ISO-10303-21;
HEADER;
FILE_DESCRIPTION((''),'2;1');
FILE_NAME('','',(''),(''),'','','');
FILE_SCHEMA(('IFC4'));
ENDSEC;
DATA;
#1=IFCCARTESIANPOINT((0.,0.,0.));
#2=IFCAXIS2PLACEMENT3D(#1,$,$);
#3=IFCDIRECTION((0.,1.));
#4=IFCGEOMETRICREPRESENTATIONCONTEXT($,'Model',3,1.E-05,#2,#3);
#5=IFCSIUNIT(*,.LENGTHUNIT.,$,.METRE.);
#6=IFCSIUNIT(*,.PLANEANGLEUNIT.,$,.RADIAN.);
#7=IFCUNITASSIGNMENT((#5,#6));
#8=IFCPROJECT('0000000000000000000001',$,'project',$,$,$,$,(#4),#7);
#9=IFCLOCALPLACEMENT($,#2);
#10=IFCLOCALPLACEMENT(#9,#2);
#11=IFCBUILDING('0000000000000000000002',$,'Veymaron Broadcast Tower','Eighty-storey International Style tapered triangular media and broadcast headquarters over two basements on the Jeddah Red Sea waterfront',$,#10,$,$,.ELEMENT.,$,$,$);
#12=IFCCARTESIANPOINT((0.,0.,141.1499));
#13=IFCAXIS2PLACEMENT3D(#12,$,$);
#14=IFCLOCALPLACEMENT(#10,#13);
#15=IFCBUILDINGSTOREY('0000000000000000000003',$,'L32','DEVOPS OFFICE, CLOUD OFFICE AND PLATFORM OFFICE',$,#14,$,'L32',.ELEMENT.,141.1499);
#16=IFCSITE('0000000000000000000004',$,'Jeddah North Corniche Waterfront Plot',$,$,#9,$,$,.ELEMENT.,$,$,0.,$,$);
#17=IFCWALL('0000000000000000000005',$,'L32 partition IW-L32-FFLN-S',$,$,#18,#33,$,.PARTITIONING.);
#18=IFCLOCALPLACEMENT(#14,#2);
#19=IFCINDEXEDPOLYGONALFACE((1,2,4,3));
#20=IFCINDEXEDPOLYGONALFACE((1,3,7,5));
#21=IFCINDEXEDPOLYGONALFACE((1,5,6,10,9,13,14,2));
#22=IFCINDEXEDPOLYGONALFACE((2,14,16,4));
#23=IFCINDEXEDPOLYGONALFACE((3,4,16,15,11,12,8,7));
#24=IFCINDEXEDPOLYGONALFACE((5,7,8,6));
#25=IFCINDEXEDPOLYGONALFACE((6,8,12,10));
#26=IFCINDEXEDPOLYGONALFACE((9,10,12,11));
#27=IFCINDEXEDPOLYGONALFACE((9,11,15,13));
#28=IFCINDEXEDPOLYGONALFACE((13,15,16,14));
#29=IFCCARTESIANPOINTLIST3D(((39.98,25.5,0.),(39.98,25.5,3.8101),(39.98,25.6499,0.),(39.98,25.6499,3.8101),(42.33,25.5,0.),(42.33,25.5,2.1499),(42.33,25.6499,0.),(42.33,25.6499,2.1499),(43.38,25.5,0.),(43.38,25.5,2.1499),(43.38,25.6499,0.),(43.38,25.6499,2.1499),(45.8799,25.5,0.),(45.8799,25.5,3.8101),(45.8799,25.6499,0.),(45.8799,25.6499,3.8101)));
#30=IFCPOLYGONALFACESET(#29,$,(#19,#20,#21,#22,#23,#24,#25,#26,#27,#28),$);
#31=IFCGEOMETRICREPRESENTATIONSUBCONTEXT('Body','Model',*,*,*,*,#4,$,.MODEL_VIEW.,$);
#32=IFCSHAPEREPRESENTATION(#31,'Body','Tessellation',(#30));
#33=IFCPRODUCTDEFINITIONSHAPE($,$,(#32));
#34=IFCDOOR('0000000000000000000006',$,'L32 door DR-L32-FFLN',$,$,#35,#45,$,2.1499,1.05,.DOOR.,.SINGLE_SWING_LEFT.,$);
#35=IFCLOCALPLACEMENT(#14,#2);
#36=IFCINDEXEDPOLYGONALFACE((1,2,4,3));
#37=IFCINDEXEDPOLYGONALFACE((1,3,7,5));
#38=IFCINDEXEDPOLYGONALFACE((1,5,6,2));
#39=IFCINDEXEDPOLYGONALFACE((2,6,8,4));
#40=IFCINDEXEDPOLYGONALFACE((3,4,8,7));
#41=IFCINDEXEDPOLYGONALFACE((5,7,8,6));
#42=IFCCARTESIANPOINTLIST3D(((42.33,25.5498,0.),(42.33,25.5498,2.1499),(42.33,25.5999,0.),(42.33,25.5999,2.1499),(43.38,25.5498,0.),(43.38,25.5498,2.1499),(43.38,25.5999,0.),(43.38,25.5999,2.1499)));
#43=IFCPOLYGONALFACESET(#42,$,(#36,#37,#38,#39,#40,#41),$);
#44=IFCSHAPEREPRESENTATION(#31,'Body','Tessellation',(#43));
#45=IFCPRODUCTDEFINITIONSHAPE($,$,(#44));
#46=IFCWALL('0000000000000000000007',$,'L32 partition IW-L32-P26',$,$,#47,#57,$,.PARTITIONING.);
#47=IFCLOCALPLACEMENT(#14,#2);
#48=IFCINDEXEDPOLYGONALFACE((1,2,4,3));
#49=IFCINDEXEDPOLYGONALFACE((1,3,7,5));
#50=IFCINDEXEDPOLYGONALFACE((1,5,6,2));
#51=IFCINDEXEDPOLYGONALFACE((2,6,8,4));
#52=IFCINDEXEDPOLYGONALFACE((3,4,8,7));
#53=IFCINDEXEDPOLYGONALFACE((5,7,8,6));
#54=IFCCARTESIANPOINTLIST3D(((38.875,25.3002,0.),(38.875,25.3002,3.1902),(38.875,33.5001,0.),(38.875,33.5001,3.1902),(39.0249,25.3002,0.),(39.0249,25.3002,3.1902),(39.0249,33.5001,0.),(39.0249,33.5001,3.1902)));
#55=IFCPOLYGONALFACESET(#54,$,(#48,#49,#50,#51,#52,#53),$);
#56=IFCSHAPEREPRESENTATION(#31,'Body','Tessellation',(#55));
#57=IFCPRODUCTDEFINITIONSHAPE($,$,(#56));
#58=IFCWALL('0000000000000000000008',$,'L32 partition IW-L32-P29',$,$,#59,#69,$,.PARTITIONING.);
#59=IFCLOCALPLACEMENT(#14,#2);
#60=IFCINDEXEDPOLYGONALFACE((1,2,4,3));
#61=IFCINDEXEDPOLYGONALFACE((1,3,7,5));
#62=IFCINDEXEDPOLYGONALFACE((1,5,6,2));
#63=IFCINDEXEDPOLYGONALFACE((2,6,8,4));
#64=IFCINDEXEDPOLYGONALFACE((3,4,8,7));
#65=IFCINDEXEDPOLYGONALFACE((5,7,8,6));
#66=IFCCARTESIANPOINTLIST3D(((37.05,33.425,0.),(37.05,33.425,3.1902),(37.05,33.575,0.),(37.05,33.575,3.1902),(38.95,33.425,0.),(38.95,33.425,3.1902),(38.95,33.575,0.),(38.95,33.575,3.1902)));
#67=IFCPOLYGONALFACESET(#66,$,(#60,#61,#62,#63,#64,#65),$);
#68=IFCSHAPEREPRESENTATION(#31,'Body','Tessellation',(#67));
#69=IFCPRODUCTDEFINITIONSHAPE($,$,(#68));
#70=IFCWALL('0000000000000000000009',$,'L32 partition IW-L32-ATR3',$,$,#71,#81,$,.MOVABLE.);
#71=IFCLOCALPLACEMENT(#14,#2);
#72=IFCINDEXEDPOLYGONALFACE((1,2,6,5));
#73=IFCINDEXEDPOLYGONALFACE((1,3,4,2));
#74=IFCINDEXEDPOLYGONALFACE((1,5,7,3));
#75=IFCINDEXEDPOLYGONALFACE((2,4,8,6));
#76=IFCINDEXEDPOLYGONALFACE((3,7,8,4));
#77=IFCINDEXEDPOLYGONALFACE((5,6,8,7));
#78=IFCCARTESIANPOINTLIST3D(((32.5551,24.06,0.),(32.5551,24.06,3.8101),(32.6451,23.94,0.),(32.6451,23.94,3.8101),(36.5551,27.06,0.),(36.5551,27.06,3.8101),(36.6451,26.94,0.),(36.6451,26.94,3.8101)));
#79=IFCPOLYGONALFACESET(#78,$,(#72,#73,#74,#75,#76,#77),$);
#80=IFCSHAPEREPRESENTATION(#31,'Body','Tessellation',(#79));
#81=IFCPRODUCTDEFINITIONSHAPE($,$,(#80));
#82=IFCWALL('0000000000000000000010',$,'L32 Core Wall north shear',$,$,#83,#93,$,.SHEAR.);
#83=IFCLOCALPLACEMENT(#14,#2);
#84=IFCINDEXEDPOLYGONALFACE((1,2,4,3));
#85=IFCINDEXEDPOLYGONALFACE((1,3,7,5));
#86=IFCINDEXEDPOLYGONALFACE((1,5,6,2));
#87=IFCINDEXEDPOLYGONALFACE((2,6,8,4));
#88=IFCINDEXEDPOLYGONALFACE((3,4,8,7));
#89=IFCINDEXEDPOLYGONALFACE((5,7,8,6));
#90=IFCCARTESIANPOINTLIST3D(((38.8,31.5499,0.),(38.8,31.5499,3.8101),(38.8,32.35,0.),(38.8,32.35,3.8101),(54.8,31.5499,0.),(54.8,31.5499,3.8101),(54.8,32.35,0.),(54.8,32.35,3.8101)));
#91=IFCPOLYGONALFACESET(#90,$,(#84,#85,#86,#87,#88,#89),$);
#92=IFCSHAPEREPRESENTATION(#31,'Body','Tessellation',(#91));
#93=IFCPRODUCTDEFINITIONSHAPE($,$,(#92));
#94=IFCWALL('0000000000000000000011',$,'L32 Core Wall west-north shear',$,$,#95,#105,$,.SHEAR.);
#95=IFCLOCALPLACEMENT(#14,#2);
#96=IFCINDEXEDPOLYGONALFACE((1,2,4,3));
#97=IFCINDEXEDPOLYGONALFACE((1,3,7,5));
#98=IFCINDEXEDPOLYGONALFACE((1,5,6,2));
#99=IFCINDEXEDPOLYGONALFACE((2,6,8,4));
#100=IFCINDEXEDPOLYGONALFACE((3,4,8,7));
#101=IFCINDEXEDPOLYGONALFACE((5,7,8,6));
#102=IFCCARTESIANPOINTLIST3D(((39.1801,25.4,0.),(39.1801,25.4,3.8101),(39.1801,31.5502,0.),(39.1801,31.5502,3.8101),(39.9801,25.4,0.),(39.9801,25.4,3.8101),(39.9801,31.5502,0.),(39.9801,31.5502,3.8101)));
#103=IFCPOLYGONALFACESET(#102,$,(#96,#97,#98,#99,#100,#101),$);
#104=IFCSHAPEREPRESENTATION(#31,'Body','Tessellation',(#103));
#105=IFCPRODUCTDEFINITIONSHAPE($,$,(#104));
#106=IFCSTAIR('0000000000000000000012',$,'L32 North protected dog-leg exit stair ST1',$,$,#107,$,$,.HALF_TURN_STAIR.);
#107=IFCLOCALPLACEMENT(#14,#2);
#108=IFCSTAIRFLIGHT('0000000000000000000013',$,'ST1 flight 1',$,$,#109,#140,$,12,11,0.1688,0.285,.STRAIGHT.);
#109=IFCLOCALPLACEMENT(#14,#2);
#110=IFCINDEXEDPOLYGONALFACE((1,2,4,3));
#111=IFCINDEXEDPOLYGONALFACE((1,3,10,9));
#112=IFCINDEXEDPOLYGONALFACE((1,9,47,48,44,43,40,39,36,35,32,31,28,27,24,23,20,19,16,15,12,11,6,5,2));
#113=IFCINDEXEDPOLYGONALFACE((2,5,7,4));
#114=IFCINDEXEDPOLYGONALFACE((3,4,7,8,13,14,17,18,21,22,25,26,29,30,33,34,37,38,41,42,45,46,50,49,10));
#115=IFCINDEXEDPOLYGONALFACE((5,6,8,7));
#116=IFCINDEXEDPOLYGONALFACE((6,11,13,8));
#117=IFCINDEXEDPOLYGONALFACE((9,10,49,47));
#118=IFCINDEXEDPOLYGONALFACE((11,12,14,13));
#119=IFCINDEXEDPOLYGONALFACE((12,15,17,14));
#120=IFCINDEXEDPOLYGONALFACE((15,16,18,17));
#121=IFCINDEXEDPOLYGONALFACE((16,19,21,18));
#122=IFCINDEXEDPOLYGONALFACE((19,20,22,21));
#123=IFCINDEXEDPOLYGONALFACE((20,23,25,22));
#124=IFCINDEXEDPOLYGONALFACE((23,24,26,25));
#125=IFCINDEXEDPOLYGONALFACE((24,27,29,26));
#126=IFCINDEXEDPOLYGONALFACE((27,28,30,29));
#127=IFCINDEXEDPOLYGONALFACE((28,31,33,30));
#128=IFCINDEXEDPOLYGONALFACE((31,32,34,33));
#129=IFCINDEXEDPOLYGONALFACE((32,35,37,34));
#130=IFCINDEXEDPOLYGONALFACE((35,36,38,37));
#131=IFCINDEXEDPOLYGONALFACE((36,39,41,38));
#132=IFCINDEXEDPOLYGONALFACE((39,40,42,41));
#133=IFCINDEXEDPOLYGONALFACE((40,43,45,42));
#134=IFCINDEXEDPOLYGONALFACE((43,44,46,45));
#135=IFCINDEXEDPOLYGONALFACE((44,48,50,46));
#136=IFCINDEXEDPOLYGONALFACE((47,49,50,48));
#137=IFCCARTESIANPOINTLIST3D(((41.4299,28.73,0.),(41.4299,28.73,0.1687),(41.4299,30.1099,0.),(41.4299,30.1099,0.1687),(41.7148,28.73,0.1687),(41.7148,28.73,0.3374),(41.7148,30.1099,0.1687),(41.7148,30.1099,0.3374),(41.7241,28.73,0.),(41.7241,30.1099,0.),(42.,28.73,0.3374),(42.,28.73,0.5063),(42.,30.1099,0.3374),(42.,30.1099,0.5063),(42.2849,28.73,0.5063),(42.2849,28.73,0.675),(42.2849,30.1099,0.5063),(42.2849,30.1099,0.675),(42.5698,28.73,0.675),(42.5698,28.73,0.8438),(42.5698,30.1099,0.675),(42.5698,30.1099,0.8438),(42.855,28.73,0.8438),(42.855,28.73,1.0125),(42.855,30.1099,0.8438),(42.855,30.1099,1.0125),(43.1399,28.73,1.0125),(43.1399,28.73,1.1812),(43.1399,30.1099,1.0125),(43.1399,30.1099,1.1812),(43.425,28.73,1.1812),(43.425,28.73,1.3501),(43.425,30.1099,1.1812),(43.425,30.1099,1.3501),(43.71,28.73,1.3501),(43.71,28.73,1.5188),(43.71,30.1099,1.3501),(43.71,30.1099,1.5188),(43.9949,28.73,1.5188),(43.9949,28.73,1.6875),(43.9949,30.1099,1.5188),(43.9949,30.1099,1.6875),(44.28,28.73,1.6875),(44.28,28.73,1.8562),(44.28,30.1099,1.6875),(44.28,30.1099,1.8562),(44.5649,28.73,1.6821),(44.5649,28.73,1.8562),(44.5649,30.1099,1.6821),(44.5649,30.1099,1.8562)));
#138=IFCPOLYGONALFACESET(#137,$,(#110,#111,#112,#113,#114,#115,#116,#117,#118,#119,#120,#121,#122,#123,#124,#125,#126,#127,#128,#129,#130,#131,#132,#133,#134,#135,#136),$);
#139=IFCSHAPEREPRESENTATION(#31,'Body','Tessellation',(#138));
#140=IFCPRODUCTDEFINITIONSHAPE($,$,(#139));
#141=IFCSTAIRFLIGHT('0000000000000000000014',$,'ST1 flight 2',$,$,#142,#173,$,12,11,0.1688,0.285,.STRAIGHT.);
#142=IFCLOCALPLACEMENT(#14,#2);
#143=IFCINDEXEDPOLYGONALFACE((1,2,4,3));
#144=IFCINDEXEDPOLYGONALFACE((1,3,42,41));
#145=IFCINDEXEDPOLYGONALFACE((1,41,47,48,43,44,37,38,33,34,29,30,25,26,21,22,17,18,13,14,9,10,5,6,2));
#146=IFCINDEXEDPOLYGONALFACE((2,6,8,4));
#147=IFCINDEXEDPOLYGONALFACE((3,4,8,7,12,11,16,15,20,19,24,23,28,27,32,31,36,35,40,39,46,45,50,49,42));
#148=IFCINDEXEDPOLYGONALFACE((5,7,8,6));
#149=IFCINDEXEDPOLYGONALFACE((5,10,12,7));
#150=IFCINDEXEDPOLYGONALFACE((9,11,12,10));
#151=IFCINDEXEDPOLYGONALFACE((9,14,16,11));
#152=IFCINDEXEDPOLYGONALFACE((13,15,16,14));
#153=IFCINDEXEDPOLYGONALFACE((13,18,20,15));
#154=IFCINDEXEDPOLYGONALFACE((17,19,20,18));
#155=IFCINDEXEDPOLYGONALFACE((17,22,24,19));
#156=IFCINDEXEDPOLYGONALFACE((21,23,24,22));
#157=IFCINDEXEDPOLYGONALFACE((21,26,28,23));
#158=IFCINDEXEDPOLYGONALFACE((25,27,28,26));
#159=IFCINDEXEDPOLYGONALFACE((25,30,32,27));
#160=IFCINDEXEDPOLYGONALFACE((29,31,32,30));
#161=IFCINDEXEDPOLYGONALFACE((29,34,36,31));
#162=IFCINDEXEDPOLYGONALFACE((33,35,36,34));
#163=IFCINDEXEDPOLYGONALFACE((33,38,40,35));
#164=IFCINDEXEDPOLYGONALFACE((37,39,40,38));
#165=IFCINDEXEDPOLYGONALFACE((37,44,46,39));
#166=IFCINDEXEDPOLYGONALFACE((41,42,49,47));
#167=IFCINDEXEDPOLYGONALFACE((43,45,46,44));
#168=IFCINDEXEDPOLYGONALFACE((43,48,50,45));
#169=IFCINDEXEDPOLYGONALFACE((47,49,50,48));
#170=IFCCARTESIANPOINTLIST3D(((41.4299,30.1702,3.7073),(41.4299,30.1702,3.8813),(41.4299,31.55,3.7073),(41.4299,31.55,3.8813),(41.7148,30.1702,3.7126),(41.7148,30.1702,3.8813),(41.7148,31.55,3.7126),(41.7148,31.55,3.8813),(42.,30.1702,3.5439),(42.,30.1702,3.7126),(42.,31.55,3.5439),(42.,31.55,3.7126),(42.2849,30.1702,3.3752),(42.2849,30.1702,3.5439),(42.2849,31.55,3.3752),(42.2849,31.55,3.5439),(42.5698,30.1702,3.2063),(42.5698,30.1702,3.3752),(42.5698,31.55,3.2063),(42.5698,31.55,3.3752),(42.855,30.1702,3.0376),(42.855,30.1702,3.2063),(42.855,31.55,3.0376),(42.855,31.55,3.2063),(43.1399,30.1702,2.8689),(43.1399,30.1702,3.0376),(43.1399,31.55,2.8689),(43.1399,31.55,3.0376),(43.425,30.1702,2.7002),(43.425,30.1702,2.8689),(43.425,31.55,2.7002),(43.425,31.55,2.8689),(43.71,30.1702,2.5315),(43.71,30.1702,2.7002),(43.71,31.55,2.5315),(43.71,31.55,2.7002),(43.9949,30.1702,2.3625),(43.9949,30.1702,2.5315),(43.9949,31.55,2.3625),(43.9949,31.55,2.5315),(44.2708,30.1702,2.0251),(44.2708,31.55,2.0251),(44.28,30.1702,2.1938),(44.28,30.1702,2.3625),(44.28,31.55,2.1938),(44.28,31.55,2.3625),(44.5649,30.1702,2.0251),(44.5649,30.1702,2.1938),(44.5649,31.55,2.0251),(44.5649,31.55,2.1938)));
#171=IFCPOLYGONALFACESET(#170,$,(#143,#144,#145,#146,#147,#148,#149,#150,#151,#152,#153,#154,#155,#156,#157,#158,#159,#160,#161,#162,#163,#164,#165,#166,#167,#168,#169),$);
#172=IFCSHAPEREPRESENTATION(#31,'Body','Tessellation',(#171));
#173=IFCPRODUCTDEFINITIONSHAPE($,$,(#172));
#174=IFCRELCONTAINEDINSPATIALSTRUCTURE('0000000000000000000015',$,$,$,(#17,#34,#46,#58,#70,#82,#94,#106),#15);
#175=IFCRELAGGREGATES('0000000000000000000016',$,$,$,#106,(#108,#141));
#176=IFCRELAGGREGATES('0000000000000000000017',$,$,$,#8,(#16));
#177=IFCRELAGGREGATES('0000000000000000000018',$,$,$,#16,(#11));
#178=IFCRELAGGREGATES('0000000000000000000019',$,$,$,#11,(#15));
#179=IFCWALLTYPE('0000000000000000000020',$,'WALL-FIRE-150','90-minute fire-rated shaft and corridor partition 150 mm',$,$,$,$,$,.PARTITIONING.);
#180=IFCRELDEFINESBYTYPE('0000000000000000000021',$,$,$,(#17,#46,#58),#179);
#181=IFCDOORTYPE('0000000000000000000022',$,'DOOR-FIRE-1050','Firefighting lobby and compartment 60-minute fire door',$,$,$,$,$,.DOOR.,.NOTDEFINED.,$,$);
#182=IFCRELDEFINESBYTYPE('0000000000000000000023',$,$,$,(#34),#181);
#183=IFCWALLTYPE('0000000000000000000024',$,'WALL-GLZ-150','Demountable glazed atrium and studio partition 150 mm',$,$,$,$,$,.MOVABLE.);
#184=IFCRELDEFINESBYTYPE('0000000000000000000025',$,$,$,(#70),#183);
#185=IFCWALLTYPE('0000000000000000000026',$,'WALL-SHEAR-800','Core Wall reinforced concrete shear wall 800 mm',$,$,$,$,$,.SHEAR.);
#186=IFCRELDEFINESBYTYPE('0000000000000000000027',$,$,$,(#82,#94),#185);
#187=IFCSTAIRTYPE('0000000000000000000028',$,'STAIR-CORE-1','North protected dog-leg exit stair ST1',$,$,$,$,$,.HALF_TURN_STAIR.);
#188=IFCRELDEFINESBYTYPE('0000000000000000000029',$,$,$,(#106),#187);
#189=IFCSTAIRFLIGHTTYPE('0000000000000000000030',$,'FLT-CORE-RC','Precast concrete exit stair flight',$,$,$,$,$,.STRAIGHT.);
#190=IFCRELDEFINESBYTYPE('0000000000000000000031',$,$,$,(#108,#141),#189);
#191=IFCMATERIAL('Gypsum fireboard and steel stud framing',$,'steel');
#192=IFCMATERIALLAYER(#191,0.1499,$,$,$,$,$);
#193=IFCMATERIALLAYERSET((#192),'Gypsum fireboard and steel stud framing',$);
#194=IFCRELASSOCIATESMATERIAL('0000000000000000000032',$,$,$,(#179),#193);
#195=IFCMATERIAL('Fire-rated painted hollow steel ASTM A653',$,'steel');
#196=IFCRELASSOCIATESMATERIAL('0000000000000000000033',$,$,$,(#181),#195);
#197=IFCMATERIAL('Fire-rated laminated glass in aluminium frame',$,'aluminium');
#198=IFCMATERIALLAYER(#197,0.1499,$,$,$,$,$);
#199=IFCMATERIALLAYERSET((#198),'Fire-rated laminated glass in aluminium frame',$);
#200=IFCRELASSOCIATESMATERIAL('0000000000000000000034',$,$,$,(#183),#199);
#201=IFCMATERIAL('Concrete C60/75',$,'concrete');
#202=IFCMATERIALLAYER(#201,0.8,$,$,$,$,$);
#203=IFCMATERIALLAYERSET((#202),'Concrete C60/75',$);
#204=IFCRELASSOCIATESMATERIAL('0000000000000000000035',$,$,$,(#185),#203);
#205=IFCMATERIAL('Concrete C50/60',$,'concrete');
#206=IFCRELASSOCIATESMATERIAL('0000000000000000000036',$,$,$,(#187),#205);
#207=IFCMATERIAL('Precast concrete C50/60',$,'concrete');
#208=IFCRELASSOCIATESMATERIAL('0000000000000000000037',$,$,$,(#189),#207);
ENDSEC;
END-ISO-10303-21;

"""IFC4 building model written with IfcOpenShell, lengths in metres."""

from ifc_helpers import new_model, si_unit, direction, frame, frame_2d, origin, place, context, subcontext, project, spatial, polyline, rectangle, outline, extrude, material, layer, layer_set, type_object, element, fill, aggregate, save


model = new_model("IFC4")

# Units and contexts
model_context = context("Model", 3, precision=1e-05, world=origin(), true_north=direction((0.0, 1.0)))
body_context = subcontext(model_context, "Body", "Model", "MODEL_VIEW")
ifc_project = project(units=[si_unit("LENGTHUNIT", "METRE"), si_unit("PLANEANGLEUNIT", "RADIAN")], contexts=[model_context])

# Site, building, storey
site_placement = place(None, origin())
site = spatial("IfcSite", under=ifc_project, at=site_placement, Name="Jeddah North Corniche Waterfront Plot", CompositionType="ELEMENT", RefElevation=0.0)
building_placement = place(site_placement, origin())
building = spatial("IfcBuilding", under=site, at=building_placement, Name="Veymaron Broadcast Tower", Description="Eighty-storey International Style tapered triangular media and broadcast headquarters over two basements on the Jeddah Red Sea waterfront", CompositionType="ELEMENT")
storey_placement = place(building_placement, frame((0.0, 0.0, 141.1499)))
storey = spatial("IfcBuildingStorey", under=building, at=storey_placement, Name="L32", Description="DEVOPS OFFICE, CLOUD OFFICE AND PLATFORM OFFICE", LongName="L32", CompositionType="ELEMENT", Elevation=141.1499)

# Wall, opening, door
ifc_material_1 = material(Name="Gypsum fireboard and steel stud framing", Category="steel")
ifc_layer_1 = layer(ifc_material_1, 0.1499)
ifc_layer_set_1 = layer_set([ifc_layer_1], Name="Gypsum fireboard and steel stud framing")
wall_type_1 = type_object("IfcWallType", Name="WALL-FIRE-150", Description="90-minute fire-rated shaft and corridor partition 150 mm", PredefinedType="PARTITIONING", material=ifc_layer_set_1)
wall_1_placement = place(storey_placement, frame((39.98, 25.575, 0.0), z_axis=(0.0, 0.0, 1.0), x_axis=(1.0, 0.0, 0.0)))
wall_1 = element("IfcWall", 1, at=wall_1_placement, inside=storey, type_object=wall_type_1, Name="L32 partition IW-L32-FFLN-S", PredefinedType="PARTITIONING", context=body_context, shape_type="SweptSolid", body=[
    extrude(rectangle(XDim=5.8999, YDim=0.1499, at=frame_2d((2.95, 0.0))), origin(), (0.0, 0.0, 1.0), 3.8101),
])
opening_1_placement = place(wall_1_placement, frame((2.3501, 0.0, 0.0)))
opening_1 = element("IfcOpeningElement", 2, at=opening_1_placement, cuts=wall_1, PredefinedType="OPENING", context=body_context, shape_type="SweptSolid", body=[
    extrude(rectangle(XDim=1.05, YDim=2.1499, at=frame_2d((0.5249, 1.075))), frame((0.0, 0.085, 0.0), z_axis=(0.0, -1.0, 0.0), x_axis=(1.0, 0.0, 0.0)), (0.0, 0.0, 1.0), 0.1699),
])
ifc_material_2 = material(Name="Fire-rated painted hollow steel ASTM A653", Category="steel")
door_type_1 = type_object("IfcDoorType", Name="DOOR-FIRE-1050", Description="Firefighting lobby and compartment 60-minute fire door", OperationType="NOTDEFINED", PredefinedType="DOOR", material=ifc_material_2)
door_1_placement = place(opening_1_placement, origin())
door_1 = element("IfcDoor", 3, at=door_1_placement, inside=storey, type_object=door_type_1, Name="L32 door DR-L32-FFLN", OperationType="SINGLE_SWING_LEFT", OverallHeight=2.1499, OverallWidth=1.05, PredefinedType="DOOR", context=body_context, shape_type="SweptSolid", body=[
    extrude(rectangle(XDim=1.05, YDim=2.1499, at=frame_2d((0.5249, 1.075))), frame((0.0, 0.0249, 0.0), z_axis=(0.0, -1.0, 0.0), x_axis=(1.0, 0.0, 0.0)), (0.0, 0.0, 1.0), 0.05),
])
fill(opening_1, door_1)

# Walls
wall_2_placement = place(storey_placement, frame((38.95, 25.3, 0.0), z_axis=(0.0, 0.0, 1.0), x_axis=(0.0, 1.0, 0.0)))
element("IfcWall", 4, at=wall_2_placement, inside=storey, type_object=wall_type_1, Name="L32 partition IW-L32-P26", PredefinedType="PARTITIONING", context=body_context, shape_type="SweptSolid", body=[
    extrude(rectangle(XDim=8.2, YDim=0.1499, at=frame_2d((4.1001, 0.0))), origin(), (0.0, 0.0, 1.0), 3.1902),
])
wall_3_placement = place(storey_placement, frame((37.05, 33.5, 0.0), z_axis=(0.0, 0.0, 1.0), x_axis=(1.0, 0.0, 0.0)))
element("IfcWall", 5, at=wall_3_placement, inside=storey, type_object=wall_type_1, Name="L32 partition IW-L32-P29", PredefinedType="PARTITIONING", context=body_context, shape_type="SweptSolid", body=[
    extrude(rectangle(XDim=1.8999, YDim=0.1499, at=frame_2d((0.95, 0.0))), origin(), (0.0, 0.0, 1.0), 3.1902),
])
ifc_material_3 = material(Name="Fire-rated laminated glass in aluminium frame", Category="aluminium")
ifc_layer_2 = layer(ifc_material_3, 0.1499)
ifc_layer_set_2 = layer_set([ifc_layer_2], Name="Fire-rated laminated glass in aluminium frame")
wall_type_2 = type_object("IfcWallType", Name="WALL-GLZ-150", Description="Demountable glazed atrium and studio partition 150 mm", PredefinedType="MOVABLE", material=ifc_layer_set_2)
wall_4_placement = place(storey_placement, frame((36.6001, 27.0, 0.0), z_axis=(0.0, 0.0, 1.0), x_axis=(-0.8, -0.6, 0.0)))
element("IfcWall", 6, at=wall_4_placement, inside=storey, type_object=wall_type_2, Name="L32 partition IW-L32-ATR3", PredefinedType="MOVABLE", context=body_context, shape_type="SweptSolid", body=[
    extrude(rectangle(XDim=5.0, YDim=0.1499, at=frame_2d((2.5, 0.0))), origin(), (0.0, 0.0, 1.0), 3.8101),
])

# Shared definitions
ifc_material_4 = material(Name="Concrete C50/60", Category="concrete")

# Walls
ifc_material_5 = material(Name="Concrete C60/75", Category="concrete")
ifc_layer_3 = layer(ifc_material_5, 0.8)
ifc_layer_set_3 = layer_set([ifc_layer_3], Name="Concrete C60/75")
wall_type_3 = type_object("IfcWallType", Name="WALL-SHEAR-800", Description="Core Wall reinforced concrete shear wall 800 mm", PredefinedType="SHEAR", material=ifc_layer_set_3)
wall_5_placement = place(storey_placement, frame((38.8, 31.95, 0.0), z_axis=(0.0, 0.0, 1.0), x_axis=(1.0, 0.0, 0.0)))
element("IfcWall", 7, at=wall_5_placement, inside=storey, type_object=wall_type_3, Name="L32 Core Wall north shear", PredefinedType="SHEAR", context=body_context, shape_type="SweptSolid", body=[
    extrude(rectangle(XDim=16.0, YDim=0.8, at=frame_2d((8.0, 0.0))), origin(), (0.0, 0.0, 1.0), 3.8101),
])
wall_6_placement = place(storey_placement, frame((39.5801, 25.3999, 0.0), z_axis=(0.0, 0.0, 1.0), x_axis=(0.0, 1.0, 0.0)))
element("IfcWall", 8, at=wall_6_placement, inside=storey, type_object=wall_type_3, Name="L32 Core Wall west-north shear", PredefinedType="SHEAR", context=body_context, shape_type="SweptSolid", body=[
    extrude(rectangle(XDim=6.1501, YDim=0.8, at=frame_2d((3.0752, 0.0))), origin(), (0.0, 0.0, 1.0), 3.8101),
])

# Stair, stair flights
stair_type = type_object("IfcStairType", Name="STAIR-CORE-1", Description="North protected dog-leg exit stair ST1", PredefinedType="HALF_TURN_STAIR", material=ifc_material_4)
stair_placement = place(storey_placement, origin())
stair = element("IfcStair", 9, at=stair_placement, inside=storey, type_object=stair_type, Name="L32 North protected dog-leg exit stair ST1", PredefinedType="HALF_TURN_STAIR")
ifc_material_6 = material(Name="Precast concrete C50/60", Category="concrete")
stair_flight_type = type_object("IfcStairFlightType", Name="FLT-CORE-RC", Description="Precast concrete exit stair flight", PredefinedType="STRAIGHT", material=ifc_material_6)
stair_flight_1_placement = place(storey_placement, frame((41.4299, 29.4199, 0.0), z_axis=(0.0, 0.0, 1.0), x_axis=(1.0, 0.0, 0.0)))
stair_flight_1 = element("IfcStairFlight", 10, at=stair_flight_1_placement, type_object=stair_flight_type, Name="ST1 flight 1", NumberOfRisers=12, NumberOfTreads=11, PredefinedType="STRAIGHT", RiserHeight=0.1688, TreadLength=0.285, context=body_context, shape_type="SweptSolid", body=[
    extrude(outline(polyline([(0.0, 0.0), (0.0, 0.1687), (0.2849, 0.1687), (0.2849, 0.3374), (0.5701, 0.3374), (0.5701, 0.5063), (0.855, 0.5063), (0.855, 0.675), (1.1399, 0.675), (1.1399, 0.8438), (1.425, 0.8438), (1.425, 1.0125), (1.71, 1.0125), (1.71, 1.1812), (1.9951, 1.1812), (1.9951, 1.3501), (2.28, 1.3501), (2.28, 1.5188), (2.5649, 1.5188), (2.5649, 1.6875), (2.8501, 1.6875), (2.8501, 1.8562), (3.135, 1.8562), (3.135, 2.0249), (3.135, 1.6821), (0.2942, 0.0), (0.0, 0.0)])), frame((0.0, 0.6899, 0.0), z_axis=(0.0, -1.0, 0.0), x_axis=(1.0, 0.0, 0.0)), (0.0, 0.0, 1.0), 1.3799),
])
stair_flight_2_placement = place(storey_placement, frame((44.5649, 30.8601, 2.0251), z_axis=(0.0, 0.0, 1.0), x_axis=(-1.0, 0.0, 0.0)))
stair_flight_2 = element("IfcStairFlight", 11, at=stair_flight_2_placement, type_object=stair_flight_type, Name="ST1 flight 2", NumberOfRisers=12, NumberOfTreads=11, PredefinedType="STRAIGHT", RiserHeight=0.1688, TreadLength=0.285, context=body_context, shape_type="SweptSolid", body=[
    extrude(outline(polyline([(0.0, 0.0), (0.0, 0.1687), (0.2849, 0.1687), (0.2849, 0.3374), (0.5701, 0.3374), (0.5701, 0.5063), (0.855, 0.5063), (0.855, 0.675), (1.1399, 0.675), (1.1399, 0.8438), (1.425, 0.8438), (1.425, 1.0125), (1.71, 1.0125), (1.71, 1.1812), (1.9951, 1.1812), (1.9951, 1.3501), (2.28, 1.3501), (2.28, 1.5188), (2.5649, 1.5188), (2.5649, 1.6875), (2.8501, 1.6875), (2.8501, 1.8562), (3.135, 1.8562), (3.135, 2.0249), (3.135, 1.6821), (0.2942, 0.0), (0.0, 0.0)])), frame((0.0, 0.6899, 0.0), z_axis=(0.0, -1.0, 0.0), x_axis=(1.0, 0.0, 0.0)), (0.0, 0.0, 1.0), 1.3799),
])
aggregate(stair, [stair_flight_1, stair_flight_2])

save(model, "model.ifc")
